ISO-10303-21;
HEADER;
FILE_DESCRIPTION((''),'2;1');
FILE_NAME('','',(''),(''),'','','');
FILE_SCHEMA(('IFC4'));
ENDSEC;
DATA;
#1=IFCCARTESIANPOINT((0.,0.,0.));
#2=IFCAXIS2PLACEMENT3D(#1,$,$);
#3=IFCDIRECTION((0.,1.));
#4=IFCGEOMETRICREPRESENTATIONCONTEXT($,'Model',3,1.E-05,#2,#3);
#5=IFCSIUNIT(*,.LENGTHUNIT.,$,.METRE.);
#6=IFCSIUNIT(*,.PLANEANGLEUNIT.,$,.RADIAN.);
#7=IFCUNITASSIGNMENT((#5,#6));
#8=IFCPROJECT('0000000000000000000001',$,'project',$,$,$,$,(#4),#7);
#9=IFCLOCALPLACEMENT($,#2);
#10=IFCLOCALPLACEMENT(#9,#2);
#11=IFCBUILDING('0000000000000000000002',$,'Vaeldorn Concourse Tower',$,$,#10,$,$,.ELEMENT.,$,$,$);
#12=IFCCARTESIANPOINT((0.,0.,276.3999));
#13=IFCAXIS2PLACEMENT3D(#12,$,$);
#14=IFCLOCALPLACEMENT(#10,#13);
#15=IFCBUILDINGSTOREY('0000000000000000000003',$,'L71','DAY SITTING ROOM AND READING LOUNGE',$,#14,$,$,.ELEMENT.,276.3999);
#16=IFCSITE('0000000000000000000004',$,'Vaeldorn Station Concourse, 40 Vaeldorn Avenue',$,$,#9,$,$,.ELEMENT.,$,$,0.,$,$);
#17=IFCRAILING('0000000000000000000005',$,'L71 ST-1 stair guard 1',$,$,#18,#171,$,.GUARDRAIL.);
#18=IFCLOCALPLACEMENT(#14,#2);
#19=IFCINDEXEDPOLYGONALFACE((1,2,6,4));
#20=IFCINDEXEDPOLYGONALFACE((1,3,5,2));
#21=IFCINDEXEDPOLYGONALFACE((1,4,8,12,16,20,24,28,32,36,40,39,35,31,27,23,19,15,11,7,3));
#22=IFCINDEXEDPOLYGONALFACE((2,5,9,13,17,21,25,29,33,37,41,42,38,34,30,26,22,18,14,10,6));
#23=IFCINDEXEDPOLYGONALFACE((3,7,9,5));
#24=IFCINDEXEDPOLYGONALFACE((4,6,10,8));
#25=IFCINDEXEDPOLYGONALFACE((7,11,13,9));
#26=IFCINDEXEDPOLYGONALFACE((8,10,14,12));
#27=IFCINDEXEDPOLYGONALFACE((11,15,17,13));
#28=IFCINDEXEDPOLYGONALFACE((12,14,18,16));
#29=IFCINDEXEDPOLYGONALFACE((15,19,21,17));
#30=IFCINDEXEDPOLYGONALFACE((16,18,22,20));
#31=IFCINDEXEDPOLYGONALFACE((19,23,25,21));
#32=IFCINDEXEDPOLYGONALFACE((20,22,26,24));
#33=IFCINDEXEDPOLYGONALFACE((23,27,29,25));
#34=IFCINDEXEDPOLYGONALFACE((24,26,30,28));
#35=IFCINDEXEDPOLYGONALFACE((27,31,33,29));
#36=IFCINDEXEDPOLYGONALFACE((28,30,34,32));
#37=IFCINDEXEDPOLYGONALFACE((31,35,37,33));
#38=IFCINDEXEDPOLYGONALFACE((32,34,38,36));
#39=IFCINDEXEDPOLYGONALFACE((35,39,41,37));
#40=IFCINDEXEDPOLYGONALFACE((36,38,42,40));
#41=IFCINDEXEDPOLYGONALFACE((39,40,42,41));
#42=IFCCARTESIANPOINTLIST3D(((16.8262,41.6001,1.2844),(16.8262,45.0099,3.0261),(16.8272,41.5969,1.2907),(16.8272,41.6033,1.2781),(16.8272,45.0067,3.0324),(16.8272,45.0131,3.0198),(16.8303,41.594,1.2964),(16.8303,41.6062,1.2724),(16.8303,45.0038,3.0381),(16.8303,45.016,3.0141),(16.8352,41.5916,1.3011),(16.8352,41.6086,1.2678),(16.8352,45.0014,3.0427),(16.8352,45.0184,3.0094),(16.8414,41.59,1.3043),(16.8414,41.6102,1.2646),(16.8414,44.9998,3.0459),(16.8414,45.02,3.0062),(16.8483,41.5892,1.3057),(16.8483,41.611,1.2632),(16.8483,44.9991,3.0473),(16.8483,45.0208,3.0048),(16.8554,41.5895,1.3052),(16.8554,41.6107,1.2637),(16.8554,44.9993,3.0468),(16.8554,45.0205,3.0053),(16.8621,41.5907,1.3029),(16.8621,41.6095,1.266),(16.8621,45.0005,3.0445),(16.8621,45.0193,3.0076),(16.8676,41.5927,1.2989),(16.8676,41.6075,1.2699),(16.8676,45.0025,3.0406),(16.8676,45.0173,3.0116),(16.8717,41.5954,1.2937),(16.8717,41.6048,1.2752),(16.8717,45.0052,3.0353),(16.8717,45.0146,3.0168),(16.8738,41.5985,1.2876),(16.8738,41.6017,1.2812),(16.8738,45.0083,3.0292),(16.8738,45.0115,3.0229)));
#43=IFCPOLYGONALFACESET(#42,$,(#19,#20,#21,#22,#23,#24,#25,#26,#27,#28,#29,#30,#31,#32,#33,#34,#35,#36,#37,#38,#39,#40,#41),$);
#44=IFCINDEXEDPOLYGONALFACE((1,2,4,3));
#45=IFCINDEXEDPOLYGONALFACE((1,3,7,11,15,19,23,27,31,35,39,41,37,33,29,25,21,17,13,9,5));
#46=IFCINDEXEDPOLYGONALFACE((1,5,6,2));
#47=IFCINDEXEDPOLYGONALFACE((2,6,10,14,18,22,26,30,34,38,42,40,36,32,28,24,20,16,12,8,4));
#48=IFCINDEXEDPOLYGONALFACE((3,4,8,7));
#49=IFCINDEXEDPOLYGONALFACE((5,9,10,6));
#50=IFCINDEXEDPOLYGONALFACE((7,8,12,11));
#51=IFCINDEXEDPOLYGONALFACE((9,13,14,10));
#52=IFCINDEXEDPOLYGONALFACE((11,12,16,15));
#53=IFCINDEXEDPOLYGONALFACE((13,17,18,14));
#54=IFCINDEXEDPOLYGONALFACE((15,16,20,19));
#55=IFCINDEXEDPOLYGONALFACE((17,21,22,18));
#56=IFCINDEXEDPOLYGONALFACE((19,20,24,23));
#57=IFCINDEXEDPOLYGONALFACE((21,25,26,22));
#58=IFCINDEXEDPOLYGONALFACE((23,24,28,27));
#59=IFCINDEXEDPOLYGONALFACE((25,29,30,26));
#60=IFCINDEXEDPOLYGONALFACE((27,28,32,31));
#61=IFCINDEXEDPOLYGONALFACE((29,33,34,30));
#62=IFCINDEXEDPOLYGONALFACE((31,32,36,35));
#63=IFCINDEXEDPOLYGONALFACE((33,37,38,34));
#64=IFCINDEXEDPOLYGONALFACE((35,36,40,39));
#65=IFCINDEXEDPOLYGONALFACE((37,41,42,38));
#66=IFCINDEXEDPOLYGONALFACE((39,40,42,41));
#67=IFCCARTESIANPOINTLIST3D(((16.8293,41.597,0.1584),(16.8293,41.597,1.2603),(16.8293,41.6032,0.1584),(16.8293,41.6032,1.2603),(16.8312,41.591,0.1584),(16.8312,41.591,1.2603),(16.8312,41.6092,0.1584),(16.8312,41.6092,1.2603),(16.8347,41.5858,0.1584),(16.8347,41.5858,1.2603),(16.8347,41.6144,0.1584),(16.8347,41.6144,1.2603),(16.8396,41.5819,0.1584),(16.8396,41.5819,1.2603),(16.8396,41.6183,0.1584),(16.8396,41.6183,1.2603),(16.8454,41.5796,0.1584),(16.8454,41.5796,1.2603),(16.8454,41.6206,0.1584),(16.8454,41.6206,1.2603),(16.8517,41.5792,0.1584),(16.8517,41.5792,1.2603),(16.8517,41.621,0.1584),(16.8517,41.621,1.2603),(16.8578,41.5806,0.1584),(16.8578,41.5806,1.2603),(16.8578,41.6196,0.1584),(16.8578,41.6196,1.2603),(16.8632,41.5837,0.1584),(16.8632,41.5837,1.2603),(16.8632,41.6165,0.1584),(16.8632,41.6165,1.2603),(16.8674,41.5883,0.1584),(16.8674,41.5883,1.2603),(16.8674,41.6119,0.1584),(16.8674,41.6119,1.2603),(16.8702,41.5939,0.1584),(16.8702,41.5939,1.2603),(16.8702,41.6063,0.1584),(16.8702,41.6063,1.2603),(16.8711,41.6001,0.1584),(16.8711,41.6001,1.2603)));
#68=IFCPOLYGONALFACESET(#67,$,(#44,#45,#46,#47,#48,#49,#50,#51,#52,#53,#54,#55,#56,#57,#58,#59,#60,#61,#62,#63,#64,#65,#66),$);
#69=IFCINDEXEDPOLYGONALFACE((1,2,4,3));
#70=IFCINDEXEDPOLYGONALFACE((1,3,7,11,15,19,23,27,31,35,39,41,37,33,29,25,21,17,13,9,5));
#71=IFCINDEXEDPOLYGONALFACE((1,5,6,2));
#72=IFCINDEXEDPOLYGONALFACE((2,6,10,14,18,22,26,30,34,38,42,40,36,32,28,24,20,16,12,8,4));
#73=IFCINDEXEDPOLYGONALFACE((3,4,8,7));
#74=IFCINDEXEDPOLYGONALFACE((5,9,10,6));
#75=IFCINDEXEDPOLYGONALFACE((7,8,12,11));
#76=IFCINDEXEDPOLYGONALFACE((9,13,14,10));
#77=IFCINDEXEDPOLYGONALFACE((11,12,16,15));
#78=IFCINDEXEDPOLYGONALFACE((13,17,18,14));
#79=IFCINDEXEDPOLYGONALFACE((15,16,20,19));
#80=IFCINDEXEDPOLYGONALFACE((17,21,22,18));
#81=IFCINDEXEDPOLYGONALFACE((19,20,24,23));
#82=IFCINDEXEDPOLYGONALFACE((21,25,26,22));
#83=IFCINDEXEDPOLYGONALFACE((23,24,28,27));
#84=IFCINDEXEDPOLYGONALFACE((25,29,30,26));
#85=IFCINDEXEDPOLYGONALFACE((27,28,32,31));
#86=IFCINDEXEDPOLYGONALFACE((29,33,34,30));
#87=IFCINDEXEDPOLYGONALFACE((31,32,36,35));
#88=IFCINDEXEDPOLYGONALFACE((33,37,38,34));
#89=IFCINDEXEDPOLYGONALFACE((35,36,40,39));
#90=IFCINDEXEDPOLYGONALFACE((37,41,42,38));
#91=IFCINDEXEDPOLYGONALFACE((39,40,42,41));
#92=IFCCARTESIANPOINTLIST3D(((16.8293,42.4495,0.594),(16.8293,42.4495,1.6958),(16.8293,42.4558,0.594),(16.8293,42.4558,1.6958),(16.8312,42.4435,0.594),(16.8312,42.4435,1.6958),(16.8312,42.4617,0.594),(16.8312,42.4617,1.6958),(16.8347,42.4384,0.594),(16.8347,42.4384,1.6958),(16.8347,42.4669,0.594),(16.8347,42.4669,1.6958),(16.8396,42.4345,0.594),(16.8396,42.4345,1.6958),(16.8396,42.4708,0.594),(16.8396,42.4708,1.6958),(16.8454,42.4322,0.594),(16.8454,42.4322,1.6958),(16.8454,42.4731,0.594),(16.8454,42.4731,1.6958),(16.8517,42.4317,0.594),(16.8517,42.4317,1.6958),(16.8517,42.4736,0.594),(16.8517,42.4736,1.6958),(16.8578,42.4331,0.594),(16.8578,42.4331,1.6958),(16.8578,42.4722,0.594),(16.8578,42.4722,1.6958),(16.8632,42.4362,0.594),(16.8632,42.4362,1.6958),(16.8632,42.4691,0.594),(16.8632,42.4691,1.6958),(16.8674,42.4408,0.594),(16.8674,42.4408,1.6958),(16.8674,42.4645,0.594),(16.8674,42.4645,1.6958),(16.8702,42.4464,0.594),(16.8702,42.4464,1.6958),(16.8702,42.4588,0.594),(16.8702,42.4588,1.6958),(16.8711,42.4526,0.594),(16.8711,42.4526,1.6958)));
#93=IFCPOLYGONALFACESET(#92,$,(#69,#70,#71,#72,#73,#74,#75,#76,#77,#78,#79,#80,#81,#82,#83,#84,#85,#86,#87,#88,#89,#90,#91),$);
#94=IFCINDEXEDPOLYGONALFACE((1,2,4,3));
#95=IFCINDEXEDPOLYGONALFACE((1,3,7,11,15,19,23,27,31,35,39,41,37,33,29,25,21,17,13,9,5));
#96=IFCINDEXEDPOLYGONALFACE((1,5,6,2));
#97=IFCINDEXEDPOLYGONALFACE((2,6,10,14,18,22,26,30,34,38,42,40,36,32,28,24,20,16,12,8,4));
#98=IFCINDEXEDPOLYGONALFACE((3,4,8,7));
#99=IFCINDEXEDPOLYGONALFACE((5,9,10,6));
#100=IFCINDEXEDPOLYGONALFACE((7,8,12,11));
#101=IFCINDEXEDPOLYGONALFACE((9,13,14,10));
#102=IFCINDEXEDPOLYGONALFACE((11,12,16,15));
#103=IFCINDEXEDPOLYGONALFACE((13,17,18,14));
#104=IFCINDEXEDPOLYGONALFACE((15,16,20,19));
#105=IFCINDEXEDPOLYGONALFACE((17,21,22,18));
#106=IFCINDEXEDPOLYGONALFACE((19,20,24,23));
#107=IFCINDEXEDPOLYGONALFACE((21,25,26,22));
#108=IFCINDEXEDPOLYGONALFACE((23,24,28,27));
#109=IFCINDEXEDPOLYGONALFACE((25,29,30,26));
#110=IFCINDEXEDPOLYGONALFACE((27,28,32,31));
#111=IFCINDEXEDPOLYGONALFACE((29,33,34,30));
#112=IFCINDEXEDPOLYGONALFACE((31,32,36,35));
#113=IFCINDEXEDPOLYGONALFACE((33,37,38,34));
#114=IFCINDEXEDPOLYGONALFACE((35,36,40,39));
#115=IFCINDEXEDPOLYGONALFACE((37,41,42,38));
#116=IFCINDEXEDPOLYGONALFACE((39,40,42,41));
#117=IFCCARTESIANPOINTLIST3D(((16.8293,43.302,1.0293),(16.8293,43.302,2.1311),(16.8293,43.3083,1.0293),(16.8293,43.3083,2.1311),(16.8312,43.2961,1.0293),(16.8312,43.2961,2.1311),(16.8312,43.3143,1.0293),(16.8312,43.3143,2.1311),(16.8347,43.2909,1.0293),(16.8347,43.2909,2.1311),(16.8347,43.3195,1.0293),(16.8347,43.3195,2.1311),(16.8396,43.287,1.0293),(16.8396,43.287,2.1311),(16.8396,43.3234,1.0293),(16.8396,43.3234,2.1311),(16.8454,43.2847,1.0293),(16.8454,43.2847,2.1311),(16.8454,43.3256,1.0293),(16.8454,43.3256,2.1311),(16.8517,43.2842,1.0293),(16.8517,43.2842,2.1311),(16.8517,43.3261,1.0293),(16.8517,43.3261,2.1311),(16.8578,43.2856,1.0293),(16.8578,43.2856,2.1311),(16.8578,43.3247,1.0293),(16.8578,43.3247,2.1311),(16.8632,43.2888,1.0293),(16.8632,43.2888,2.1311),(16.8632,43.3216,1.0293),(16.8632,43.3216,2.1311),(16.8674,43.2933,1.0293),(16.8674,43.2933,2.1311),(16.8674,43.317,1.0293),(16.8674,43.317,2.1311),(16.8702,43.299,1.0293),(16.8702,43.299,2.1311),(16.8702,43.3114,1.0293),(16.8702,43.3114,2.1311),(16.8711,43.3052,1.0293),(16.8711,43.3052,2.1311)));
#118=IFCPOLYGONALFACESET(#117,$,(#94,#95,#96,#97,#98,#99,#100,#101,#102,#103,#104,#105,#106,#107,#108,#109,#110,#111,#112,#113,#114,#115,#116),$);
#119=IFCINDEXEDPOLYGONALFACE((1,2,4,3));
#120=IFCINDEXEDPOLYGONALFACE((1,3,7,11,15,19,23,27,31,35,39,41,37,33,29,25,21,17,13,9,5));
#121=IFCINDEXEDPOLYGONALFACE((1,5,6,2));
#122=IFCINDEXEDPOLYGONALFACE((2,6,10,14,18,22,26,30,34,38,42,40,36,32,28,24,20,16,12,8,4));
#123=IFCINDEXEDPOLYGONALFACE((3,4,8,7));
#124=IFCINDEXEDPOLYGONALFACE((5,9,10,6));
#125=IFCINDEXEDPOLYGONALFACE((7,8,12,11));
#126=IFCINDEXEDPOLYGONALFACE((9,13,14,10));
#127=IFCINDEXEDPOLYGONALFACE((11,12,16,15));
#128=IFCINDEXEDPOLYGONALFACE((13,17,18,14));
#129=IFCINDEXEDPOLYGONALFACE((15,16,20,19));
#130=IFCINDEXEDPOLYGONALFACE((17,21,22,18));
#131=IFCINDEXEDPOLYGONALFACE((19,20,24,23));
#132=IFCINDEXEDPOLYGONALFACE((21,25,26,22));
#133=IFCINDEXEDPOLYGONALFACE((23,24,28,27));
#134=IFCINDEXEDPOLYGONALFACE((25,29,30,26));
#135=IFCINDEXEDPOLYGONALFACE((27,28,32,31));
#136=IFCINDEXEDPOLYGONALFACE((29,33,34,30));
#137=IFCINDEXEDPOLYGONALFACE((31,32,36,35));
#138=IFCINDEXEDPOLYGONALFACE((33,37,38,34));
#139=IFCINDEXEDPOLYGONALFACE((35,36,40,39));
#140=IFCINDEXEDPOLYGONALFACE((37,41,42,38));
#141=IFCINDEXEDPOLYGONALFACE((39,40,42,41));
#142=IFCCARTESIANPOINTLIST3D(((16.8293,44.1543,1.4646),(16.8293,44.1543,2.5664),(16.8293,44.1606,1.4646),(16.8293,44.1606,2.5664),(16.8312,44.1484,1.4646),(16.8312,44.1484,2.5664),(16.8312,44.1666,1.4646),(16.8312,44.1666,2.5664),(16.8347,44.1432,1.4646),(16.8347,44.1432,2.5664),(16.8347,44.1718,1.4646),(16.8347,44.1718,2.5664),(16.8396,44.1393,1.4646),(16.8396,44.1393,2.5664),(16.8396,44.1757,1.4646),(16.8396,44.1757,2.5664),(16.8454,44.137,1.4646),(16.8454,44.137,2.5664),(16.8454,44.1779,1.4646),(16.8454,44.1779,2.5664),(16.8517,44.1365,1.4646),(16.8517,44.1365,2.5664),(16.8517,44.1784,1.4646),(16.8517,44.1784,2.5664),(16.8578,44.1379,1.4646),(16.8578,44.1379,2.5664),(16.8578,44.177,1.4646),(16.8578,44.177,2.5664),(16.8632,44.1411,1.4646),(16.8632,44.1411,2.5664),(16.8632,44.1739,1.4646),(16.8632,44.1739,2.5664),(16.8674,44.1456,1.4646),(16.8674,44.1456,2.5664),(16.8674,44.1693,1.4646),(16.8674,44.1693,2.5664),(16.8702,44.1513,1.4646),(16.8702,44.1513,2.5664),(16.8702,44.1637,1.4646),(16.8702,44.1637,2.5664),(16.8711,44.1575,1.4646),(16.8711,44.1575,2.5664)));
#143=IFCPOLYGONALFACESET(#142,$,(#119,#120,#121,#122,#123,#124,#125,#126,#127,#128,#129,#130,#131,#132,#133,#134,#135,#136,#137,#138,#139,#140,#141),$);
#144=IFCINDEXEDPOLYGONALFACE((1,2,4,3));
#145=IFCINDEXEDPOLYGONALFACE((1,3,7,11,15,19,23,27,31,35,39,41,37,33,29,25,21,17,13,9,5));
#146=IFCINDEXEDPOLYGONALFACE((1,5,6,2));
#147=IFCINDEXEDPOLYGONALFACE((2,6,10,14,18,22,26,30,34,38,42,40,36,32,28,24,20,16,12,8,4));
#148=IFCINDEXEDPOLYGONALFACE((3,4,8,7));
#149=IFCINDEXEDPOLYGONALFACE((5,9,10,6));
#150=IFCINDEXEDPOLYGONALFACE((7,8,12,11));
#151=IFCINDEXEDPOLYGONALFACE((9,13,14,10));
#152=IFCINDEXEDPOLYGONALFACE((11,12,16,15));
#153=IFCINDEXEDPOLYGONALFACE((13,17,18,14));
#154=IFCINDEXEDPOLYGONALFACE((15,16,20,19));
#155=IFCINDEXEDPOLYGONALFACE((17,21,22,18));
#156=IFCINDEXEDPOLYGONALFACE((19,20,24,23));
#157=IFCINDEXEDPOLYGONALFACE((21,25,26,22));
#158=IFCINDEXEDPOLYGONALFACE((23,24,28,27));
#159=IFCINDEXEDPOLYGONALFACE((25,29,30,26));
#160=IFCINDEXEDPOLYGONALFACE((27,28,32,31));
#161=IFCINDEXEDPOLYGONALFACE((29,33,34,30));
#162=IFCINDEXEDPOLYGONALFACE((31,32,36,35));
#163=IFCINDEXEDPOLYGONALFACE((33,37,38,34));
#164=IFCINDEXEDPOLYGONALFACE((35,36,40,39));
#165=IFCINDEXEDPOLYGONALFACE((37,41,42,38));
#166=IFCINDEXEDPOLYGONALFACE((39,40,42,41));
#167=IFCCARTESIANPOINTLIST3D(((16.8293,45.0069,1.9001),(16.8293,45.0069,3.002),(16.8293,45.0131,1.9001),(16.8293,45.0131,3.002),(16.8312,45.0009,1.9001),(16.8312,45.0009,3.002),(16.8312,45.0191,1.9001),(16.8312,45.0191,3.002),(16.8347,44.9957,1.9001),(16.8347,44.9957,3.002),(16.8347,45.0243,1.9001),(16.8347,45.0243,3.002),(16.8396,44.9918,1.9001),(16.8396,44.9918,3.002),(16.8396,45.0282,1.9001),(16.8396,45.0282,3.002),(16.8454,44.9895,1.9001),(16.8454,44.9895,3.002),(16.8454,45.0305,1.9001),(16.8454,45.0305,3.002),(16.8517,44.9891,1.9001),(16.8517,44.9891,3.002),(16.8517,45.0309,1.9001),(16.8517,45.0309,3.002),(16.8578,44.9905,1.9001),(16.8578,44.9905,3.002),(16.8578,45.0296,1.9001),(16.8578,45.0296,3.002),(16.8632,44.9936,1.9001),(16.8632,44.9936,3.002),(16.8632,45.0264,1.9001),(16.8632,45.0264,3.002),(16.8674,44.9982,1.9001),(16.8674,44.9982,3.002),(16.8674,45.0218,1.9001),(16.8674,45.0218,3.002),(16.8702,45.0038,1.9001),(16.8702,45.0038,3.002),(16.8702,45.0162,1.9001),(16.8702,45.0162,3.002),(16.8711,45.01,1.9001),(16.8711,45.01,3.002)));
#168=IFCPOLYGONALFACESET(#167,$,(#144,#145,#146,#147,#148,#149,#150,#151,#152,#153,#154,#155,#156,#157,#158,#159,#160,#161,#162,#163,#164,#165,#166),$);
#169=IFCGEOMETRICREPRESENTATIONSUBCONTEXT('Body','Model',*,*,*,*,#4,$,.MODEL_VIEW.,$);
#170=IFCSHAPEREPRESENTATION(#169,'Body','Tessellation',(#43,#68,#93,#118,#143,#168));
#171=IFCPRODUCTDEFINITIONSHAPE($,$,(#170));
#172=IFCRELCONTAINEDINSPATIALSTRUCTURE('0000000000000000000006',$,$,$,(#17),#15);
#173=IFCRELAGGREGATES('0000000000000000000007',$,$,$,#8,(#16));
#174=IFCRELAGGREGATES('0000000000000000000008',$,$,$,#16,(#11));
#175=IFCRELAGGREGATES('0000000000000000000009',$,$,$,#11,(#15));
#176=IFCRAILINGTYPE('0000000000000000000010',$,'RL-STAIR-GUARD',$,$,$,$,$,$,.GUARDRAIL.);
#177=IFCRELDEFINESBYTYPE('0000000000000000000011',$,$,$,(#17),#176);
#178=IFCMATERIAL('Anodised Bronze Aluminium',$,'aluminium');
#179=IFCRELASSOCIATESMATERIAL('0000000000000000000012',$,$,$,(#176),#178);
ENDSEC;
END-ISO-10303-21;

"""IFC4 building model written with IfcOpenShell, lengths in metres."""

from ifc_helpers import new_model, si_unit, direction, frame, origin, origin_2d, place, context, subcontext, project, spatial, circle, extrude, material, type_object, element, save


model = new_model("IFC4")

# Units and contexts
model_context = context("Model", 3, precision=1e-05, world=origin(), true_north=direction((0.0, 1.0)))
body_context = subcontext(model_context, "Body", "Model", "MODEL_VIEW")
ifc_project = project(units=[si_unit("LENGTHUNIT", "METRE"), si_unit("PLANEANGLEUNIT", "RADIAN")], contexts=[model_context])

# Site, building, storey
site_placement = place(None, origin())
site = spatial("IfcSite", under=ifc_project, at=site_placement, Name="Vaeldorn Station Concourse, 40 Vaeldorn Avenue", CompositionType="ELEMENT", RefElevation=0.0)
building_placement = place(site_placement, origin())
building = spatial("IfcBuilding", under=site, at=building_placement, Name="Vaeldorn Concourse Tower", CompositionType="ELEMENT")
storey_placement = place(building_placement, frame((0.0, 0.0, 276.3999)))
storey = spatial("IfcBuildingStorey", under=building, at=storey_placement, Name="L71", Description="DAY SITTING ROOM AND READING LOUNGE", CompositionType="ELEMENT", Elevation=276.3999)

# Shared definitions
ifc_material_1 = material(Name="Anodised Bronze Aluminium", Category="aluminium")

# Railing
railing_type_1 = type_object("IfcRailingType", Name="RL-STAIR-GUARD", PredefinedType="GUARDRAIL", material=ifc_material_1)
railing_1_placement = place(storey_placement, frame((16.8501, 41.6001, 0.1584)))
element("IfcRailing", 1, at=railing_1_placement, inside=storey, type_object=railing_type_1, Name="L71 ST-1 stair guard 1", PredefinedType="GUARDRAIL", context=body_context, shape_type="SweptSolid", body=[
    extrude(circle(Radius=0.0239, at=origin_2d()), frame((0.0, 0.0, 1.126), z_axis=(0.0, 0.890556, 0.454874), x_axis=(-1.0, 0.0, 0.0)), (0.0, 0.0, 1.0), 3.8289),
    extrude(circle(Radius=0.021, at=origin_2d()), origin(), (0.0, 0.0, 1.0), 1.1018),
    extrude(circle(Radius=0.021, at=origin_2d()), frame((0.0, 0.8525, 0.4355)), (0.0, 0.0, 1.0), 1.1018),
    extrude(circle(Radius=0.021, at=origin_2d()), frame((0.0, 1.7051, 0.8708)), (0.0, 0.0, 1.0), 1.1018),
    extrude(circle(Radius=0.021, at=origin_2d()), frame((0.0, 2.5574, 1.3062)), (0.0, 0.0, 1.0), 1.1018),
    extrude(circle(Radius=0.021, at=origin_2d()), frame((0.0, 3.4099, 1.7417)), (0.0, 0.0, 1.0), 1.1018),
])

save(model, "model.ifc")
